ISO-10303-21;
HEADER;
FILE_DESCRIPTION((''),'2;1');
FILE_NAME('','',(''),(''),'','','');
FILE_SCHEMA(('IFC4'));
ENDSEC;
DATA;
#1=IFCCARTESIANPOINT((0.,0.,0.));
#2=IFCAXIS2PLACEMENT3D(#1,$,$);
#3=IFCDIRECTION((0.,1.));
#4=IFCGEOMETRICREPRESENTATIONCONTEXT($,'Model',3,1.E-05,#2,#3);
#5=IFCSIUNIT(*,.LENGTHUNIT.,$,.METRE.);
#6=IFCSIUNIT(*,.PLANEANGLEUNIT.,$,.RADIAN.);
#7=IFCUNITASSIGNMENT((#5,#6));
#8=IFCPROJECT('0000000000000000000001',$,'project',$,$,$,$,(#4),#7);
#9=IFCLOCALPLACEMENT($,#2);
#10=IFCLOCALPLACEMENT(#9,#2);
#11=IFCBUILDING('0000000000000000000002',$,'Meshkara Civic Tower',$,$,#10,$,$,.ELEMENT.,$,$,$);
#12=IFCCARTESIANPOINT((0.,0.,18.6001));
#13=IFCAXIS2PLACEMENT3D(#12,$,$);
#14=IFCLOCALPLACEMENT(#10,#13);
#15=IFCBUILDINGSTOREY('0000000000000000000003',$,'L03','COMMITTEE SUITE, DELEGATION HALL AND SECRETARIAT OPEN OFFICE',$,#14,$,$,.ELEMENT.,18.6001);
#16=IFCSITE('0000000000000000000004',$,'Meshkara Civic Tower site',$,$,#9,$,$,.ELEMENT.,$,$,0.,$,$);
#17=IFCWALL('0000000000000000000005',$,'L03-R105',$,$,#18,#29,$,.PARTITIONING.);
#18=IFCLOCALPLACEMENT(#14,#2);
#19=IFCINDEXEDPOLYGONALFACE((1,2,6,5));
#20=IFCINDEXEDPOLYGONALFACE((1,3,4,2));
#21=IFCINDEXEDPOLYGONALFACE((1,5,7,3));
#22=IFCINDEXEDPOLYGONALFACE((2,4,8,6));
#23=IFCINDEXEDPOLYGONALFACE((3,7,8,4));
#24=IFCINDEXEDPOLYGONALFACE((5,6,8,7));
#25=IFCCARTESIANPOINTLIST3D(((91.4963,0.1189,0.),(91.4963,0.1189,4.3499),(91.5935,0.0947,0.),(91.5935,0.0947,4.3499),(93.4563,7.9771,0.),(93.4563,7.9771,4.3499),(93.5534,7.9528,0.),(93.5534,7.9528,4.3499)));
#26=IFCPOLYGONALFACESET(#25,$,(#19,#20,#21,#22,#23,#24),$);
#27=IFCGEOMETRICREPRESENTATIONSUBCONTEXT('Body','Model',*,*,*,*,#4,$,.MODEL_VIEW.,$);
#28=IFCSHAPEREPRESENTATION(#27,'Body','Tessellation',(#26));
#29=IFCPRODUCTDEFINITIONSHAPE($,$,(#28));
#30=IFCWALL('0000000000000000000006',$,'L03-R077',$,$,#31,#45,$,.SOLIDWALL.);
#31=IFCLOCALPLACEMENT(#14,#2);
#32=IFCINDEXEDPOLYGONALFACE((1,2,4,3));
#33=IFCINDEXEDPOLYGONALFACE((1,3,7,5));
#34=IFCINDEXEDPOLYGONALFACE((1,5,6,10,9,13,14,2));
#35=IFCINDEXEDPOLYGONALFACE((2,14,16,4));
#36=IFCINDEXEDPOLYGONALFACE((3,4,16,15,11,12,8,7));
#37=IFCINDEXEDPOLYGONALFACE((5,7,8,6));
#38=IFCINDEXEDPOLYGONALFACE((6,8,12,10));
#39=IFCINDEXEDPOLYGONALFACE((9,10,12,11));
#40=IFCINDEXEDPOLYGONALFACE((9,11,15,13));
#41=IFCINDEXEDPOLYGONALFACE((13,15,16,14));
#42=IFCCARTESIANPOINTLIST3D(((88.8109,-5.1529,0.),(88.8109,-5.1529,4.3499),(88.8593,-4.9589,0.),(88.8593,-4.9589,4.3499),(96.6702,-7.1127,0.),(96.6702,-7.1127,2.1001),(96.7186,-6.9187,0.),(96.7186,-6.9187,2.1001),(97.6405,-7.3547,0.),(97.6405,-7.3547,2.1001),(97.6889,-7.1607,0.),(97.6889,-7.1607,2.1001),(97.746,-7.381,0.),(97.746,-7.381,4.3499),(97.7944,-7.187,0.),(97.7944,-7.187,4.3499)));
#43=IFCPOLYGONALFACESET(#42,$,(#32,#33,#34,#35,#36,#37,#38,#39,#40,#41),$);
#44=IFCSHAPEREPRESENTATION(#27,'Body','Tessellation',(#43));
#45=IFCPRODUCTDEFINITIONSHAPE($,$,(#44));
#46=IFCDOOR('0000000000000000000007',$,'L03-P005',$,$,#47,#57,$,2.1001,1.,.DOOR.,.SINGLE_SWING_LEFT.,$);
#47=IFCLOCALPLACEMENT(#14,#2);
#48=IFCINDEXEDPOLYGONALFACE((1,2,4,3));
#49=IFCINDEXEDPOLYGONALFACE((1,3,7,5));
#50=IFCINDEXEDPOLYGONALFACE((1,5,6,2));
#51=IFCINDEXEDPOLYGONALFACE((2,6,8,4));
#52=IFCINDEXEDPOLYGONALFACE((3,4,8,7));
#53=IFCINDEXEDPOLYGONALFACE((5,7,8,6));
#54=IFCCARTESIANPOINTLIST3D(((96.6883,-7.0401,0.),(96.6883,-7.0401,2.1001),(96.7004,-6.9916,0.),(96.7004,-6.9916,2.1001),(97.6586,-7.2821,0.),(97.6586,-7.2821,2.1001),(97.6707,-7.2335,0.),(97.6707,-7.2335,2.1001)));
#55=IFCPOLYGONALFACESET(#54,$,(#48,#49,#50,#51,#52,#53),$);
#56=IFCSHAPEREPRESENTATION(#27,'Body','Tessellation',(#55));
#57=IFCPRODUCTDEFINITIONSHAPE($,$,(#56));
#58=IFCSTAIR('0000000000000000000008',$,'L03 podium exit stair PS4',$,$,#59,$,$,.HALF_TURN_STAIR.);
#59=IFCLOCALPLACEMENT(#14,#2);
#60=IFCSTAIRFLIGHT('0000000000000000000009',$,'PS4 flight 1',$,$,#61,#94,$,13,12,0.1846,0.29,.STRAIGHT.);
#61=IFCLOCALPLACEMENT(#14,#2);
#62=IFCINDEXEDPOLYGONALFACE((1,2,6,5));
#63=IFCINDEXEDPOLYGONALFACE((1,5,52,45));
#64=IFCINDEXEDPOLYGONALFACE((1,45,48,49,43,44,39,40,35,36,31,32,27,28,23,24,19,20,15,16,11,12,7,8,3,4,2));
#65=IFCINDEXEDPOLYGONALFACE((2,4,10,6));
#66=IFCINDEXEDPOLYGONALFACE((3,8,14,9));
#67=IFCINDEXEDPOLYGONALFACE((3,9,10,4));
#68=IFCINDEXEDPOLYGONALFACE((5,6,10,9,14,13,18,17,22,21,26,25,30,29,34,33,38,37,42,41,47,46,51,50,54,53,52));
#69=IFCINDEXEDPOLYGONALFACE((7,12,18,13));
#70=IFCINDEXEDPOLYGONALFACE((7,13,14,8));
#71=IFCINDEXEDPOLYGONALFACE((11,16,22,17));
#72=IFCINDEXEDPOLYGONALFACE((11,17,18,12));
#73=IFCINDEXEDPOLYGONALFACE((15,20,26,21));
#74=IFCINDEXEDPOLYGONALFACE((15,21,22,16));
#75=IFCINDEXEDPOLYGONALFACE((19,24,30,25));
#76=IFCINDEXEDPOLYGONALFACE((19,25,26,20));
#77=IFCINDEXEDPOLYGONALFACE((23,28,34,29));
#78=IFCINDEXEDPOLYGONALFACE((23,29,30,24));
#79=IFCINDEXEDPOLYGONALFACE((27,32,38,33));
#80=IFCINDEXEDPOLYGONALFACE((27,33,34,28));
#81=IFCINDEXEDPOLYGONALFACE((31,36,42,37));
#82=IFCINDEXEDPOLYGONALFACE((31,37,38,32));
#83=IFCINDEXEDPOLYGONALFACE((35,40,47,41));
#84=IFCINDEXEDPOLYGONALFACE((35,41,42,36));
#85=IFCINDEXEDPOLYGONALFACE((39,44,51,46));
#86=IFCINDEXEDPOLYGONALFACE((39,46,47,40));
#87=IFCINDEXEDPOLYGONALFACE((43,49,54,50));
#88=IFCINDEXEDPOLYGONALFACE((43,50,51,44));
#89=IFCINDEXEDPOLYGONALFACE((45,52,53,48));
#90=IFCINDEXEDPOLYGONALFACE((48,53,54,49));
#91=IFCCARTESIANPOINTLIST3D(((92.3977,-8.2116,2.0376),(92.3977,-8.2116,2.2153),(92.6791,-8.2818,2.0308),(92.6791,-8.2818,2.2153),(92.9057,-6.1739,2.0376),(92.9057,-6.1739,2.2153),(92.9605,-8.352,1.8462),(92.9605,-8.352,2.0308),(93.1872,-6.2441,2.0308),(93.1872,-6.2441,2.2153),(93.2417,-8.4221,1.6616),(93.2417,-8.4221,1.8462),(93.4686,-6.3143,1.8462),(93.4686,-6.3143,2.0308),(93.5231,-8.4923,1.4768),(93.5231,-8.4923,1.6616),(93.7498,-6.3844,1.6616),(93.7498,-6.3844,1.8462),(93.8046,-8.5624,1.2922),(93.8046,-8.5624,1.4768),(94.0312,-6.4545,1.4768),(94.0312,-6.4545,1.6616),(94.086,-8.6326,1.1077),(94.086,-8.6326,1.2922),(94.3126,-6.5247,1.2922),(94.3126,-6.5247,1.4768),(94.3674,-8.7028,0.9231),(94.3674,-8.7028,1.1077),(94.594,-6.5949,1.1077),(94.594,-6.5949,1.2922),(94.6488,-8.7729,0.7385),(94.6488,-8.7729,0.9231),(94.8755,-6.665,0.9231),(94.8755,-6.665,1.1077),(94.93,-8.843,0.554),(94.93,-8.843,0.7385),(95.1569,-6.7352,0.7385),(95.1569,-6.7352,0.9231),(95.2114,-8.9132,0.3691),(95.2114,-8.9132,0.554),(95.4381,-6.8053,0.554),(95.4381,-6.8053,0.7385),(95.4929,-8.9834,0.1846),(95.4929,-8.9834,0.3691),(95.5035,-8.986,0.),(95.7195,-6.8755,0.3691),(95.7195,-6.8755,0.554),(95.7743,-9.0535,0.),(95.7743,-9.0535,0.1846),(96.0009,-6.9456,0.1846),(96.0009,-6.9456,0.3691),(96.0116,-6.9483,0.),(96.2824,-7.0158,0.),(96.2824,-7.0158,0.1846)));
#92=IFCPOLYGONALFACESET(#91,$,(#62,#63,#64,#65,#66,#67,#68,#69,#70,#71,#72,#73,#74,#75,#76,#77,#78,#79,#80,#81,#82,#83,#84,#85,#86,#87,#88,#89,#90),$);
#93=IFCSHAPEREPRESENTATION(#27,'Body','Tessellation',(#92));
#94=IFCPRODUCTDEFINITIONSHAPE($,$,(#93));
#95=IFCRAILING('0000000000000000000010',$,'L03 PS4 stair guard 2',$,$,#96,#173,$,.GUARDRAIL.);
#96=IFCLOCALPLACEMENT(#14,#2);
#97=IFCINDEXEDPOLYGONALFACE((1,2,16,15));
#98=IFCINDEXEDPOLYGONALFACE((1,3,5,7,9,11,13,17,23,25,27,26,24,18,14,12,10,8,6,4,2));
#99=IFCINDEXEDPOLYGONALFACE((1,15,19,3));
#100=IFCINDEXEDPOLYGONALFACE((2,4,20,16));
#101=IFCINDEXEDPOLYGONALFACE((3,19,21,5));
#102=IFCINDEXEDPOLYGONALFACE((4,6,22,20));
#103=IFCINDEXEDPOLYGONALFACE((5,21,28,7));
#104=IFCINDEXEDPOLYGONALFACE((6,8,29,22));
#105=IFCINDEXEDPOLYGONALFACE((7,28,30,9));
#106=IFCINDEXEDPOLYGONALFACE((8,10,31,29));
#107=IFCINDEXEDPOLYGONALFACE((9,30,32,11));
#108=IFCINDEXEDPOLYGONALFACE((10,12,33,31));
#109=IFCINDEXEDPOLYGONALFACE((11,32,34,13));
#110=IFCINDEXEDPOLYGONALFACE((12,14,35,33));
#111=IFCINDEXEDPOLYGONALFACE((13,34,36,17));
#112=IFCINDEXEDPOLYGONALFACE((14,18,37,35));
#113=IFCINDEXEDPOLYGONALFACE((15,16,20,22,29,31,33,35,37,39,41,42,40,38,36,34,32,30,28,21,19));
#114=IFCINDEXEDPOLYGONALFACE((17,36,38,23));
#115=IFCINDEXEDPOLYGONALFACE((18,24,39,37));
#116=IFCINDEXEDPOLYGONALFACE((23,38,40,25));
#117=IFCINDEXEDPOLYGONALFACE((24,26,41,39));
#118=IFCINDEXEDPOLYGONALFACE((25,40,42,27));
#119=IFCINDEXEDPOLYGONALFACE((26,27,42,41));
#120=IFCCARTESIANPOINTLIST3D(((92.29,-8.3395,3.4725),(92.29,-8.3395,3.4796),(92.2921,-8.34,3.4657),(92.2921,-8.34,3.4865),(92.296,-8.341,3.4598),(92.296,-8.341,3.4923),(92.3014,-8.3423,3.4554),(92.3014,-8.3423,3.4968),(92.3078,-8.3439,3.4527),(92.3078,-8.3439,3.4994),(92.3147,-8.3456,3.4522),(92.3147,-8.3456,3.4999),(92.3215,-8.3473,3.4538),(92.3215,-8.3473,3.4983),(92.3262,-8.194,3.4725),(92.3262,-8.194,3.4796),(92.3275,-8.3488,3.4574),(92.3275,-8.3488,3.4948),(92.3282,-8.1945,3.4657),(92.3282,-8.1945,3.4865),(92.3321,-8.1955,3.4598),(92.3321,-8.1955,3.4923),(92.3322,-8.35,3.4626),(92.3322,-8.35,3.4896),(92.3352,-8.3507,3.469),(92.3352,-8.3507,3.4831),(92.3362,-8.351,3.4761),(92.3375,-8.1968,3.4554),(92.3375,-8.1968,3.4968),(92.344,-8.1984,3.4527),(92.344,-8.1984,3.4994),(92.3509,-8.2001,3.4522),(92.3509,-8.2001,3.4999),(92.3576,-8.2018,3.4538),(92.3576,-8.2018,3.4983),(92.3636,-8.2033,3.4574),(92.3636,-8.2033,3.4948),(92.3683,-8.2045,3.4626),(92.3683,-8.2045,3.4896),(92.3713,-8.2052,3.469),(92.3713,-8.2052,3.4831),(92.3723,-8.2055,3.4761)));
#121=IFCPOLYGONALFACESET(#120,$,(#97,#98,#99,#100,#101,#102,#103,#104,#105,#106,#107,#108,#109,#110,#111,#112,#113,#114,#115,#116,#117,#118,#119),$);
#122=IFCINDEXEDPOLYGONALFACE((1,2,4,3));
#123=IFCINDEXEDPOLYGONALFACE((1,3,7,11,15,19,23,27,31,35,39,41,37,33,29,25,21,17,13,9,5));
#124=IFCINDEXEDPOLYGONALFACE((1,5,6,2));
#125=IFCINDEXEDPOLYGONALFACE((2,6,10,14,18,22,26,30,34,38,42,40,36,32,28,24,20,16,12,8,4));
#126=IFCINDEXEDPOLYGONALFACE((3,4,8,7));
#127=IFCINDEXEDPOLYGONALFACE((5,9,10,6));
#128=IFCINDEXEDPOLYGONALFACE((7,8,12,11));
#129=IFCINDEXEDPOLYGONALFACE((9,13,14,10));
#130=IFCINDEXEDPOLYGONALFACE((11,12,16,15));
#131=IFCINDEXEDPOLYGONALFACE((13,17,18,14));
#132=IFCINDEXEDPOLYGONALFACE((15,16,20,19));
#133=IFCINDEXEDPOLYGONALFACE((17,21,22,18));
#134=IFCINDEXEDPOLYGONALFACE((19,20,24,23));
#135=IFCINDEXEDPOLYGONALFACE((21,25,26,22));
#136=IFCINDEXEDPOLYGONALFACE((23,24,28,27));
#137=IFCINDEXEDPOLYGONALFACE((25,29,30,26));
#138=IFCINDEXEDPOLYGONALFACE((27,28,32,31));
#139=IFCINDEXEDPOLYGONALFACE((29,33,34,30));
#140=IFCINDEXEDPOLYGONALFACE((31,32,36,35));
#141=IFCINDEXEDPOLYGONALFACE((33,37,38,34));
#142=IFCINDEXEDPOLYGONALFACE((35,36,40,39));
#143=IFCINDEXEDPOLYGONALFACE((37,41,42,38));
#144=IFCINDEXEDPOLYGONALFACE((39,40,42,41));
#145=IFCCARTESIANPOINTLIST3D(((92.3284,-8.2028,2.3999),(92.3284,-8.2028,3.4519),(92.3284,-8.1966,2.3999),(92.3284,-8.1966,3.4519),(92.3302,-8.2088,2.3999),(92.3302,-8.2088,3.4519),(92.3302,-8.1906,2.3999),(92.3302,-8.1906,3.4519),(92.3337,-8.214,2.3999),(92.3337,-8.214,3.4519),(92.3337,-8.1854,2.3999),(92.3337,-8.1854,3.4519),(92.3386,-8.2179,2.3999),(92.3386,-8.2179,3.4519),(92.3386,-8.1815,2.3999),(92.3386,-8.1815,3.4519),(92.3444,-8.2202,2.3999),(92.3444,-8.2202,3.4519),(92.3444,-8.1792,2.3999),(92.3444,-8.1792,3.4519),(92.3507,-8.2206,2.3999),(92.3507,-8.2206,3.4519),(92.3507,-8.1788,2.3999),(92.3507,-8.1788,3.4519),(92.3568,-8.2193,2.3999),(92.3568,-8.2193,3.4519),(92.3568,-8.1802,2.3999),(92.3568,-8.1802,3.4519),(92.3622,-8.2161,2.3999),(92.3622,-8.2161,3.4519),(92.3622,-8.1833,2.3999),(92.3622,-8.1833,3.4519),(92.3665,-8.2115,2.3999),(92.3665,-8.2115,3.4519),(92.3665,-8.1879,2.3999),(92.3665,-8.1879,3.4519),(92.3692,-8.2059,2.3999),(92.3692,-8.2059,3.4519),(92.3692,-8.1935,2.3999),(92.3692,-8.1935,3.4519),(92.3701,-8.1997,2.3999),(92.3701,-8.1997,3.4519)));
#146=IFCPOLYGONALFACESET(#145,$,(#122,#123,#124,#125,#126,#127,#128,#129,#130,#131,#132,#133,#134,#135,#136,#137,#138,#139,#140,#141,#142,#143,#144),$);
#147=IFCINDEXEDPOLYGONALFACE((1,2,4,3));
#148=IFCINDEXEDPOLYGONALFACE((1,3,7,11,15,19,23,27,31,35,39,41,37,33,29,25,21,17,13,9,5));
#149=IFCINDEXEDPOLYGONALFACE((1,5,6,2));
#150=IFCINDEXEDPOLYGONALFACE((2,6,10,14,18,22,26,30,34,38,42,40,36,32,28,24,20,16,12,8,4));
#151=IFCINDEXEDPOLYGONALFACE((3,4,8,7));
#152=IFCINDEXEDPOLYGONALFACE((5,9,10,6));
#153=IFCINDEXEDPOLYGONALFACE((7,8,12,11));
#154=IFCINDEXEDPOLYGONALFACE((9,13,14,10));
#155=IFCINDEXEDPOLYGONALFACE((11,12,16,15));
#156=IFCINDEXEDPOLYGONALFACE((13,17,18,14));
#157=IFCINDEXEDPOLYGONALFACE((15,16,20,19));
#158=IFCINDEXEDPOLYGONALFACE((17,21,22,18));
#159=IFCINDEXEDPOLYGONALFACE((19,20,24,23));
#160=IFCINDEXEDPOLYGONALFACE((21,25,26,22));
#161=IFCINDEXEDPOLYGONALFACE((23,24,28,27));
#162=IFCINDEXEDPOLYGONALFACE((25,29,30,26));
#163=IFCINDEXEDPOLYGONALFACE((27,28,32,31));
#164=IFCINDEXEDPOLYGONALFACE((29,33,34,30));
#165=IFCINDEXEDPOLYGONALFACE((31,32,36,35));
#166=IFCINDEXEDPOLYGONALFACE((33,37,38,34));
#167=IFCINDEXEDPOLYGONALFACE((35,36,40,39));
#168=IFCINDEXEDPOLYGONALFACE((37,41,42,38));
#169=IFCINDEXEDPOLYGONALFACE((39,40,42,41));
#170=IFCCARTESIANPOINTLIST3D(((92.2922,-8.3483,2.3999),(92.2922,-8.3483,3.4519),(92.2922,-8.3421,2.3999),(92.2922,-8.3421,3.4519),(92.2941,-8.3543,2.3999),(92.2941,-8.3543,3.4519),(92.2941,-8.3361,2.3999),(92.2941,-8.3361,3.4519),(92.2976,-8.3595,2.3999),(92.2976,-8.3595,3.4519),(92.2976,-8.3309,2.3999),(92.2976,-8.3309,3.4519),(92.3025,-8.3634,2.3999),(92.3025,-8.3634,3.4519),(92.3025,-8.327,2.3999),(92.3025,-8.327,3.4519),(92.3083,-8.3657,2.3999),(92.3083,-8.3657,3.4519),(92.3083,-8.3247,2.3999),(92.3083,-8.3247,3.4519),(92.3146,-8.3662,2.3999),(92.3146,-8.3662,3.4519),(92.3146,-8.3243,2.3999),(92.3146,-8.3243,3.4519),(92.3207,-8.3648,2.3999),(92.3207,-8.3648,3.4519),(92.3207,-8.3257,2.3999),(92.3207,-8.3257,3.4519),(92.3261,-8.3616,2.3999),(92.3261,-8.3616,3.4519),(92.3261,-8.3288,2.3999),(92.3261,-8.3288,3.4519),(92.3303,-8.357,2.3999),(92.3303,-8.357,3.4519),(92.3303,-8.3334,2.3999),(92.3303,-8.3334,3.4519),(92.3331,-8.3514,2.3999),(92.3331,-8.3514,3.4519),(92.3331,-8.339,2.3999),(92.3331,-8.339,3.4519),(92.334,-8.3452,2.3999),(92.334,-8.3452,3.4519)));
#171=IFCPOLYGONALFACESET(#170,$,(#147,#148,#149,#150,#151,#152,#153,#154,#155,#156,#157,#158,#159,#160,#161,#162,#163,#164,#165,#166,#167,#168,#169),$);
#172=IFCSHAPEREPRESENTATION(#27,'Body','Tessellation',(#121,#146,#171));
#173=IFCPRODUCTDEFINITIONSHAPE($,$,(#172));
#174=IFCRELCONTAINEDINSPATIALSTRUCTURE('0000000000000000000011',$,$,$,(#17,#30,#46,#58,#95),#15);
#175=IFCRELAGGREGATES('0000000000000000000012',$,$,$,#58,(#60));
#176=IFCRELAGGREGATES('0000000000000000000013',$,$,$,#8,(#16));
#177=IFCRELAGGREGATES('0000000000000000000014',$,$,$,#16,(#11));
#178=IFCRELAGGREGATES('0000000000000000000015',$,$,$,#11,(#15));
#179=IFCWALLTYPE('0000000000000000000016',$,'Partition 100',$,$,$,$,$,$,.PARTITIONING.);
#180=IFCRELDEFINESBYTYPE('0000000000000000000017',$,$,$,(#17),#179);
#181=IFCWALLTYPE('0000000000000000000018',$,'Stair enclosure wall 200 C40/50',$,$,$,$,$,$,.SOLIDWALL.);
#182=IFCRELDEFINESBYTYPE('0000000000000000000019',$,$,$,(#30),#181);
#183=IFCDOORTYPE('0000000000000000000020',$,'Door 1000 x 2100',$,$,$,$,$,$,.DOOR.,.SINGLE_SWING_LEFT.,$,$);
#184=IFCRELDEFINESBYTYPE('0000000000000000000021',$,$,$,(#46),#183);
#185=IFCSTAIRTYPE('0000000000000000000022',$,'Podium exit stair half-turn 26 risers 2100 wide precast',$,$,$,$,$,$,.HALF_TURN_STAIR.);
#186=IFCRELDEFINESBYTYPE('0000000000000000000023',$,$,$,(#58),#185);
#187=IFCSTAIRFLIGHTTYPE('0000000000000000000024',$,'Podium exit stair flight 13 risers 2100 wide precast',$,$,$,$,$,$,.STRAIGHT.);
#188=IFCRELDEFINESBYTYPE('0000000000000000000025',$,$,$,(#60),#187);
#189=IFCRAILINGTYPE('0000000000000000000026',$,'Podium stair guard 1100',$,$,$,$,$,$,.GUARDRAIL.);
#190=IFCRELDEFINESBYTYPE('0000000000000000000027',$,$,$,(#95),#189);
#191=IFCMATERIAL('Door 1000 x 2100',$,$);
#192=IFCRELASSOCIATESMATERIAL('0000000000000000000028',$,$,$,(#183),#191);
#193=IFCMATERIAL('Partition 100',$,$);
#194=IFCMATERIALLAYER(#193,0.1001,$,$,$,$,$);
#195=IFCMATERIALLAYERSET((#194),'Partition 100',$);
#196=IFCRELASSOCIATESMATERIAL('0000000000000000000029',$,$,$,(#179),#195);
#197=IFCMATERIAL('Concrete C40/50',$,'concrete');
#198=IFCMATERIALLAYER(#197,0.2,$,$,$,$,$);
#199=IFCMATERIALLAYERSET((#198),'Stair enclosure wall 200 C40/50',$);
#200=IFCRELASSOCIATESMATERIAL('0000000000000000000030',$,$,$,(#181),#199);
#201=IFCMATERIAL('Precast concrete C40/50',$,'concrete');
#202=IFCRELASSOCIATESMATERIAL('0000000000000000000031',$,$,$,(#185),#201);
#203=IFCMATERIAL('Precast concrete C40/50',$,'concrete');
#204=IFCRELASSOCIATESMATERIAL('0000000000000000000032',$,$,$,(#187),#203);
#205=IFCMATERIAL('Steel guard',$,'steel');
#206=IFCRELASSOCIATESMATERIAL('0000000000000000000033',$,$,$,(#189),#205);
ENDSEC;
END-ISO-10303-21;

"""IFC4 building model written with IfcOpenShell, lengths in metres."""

from ifc_helpers import new_model, si_unit, direction, frame, frame_2d, origin, origin_2d, place, context, subcontext, project, spatial, polyline, rectangle, circle, outline, extrude, material, layer, layer_set, type_object, element, fill, aggregate, save


model = new_model("IFC4")

# Units and contexts
model_context = context("Model", 3, precision=1e-05, world=origin(), true_north=direction((0.0, 1.0)))
body_context = subcontext(model_context, "Body", "Model", "MODEL_VIEW")
ifc_project = project(units=[si_unit("LENGTHUNIT", "METRE"), si_unit("PLANEANGLEUNIT", "RADIAN")], contexts=[model_context])

# Site, building, storey
site_placement = place(None, origin())
site = spatial("IfcSite", under=ifc_project, at=site_placement, Name="Meshkara Civic Tower site", CompositionType="ELEMENT", RefElevation=0.0)
building_placement = place(site_placement, origin())
building = spatial("IfcBuilding", under=site, at=building_placement, Name="Meshkara Civic Tower", CompositionType="ELEMENT")
storey_placement = place(building_placement, frame((0.0, 0.0, 18.6001)))
storey = spatial("IfcBuildingStorey", under=building, at=storey_placement, Name="L03", Description="COMMITTEE SUITE, DELEGATION HALL AND SECRETARIAT OPEN OFFICE", CompositionType="ELEMENT", Elevation=18.6001)

# Shared definitions
ifc_material_1 = material(Name="Door 1000 x 2100")
door_type = type_object("IfcDoorType", Name="Door 1000 x 2100", OperationType="SINGLE_SWING_LEFT", PredefinedType="DOOR", material=ifc_material_1)

# Wall
ifc_material_2 = material(Name="Partition 100")
ifc_layer_1 = layer(ifc_material_2, 0.1001)
ifc_layer_set_1 = layer_set([ifc_layer_1], Name="Partition 100")
wall_type_1 = type_object("IfcWallType", Name="Partition 100", PredefinedType="PARTITIONING", material=ifc_layer_set_1)
wall_1_placement = place(storey_placement, frame((91.5449, 0.1069, 0.0), z_axis=(0.0, 0.0, 1.0), x_axis=(0.242004, 0.970275, 0.0)))
element("IfcWall", 1, at=wall_1_placement, inside=storey, type_object=wall_type_1, Name="L03-R105", PredefinedType="PARTITIONING", context=body_context, shape_type="SweptSolid", body=[
    extrude(rectangle(XDim=8.0989, YDim=0.1001, at=frame_2d((4.0493, 0.0))), origin(), (0.0, 0.0, 1.0), 4.3499),
])

# Wall, opening, door
ifc_material_3 = material(Name="Concrete C40/50", Category="concrete")
ifc_layer_2 = layer(ifc_material_3, 0.2)
ifc_layer_set_2 = layer_set([ifc_layer_2], Name="Stair enclosure wall 200 C40/50")
wall_type_2 = type_object("IfcWallType", Name="Stair enclosure wall 200 C40/50", PredefinedType="SOLIDWALL", material=ifc_layer_set_2)
wall_2_placement = place(storey_placement, frame((88.835, -5.0559, 0.0), z_axis=(0.0, 0.0, 1.0), x_axis=(0.970289, -0.241949, 0.0)))
wall_2 = element("IfcWall", 2, at=wall_2_placement, inside=storey, type_object=wall_type_2, Name="L03-R077", PredefinedType="SOLIDWALL", context=body_context, shape_type="SweptSolid", body=[
    extrude(rectangle(XDim=9.2087, YDim=0.2, at=frame_2d((4.6045, 0.0))), origin(), (0.0, 0.0, 1.0), 4.3499),
])
opening_1_placement = place(wall_2_placement, frame((8.1001, 0.0, 0.0)))
opening_1 = element("IfcOpeningElement", 3, at=opening_1_placement, cuts=wall_2, PredefinedType="OPENING", context=body_context, shape_type="SweptSolid", body=[
    extrude(rectangle(XDim=1.0, YDim=2.1001, at=frame_2d((0.5, 1.05))), frame((0.0, 0.1099, 0.0), z_axis=(0.0, -1.0, 0.0), x_axis=(1.0, 0.0, 0.0)), (0.0, 0.0, 1.0), 0.22),
])
door_1_placement = place(opening_1_placement, origin())
door_1 = element("IfcDoor", 4, at=door_1_placement, inside=storey, type_object=door_type, Name="L03-P005", OperationType="SINGLE_SWING_LEFT", OverallHeight=2.1001, OverallWidth=1.0, PredefinedType="DOOR", context=body_context, shape_type="SweptSolid", body=[
    extrude(rectangle(XDim=1.0, YDim=2.1001, at=frame_2d((0.5, 1.05))), frame((0.0, 0.0249, 0.0), z_axis=(0.0, -1.0, 0.0), x_axis=(1.0, 0.0, 0.0)), (0.0, 0.0, 1.0), 0.05),
])
fill(opening_1, door_1)

# Stair, stair flight
ifc_material_4 = material(Name="Precast concrete C40/50", Category="concrete")
stair_type = type_object("IfcStairType", Name="Podium exit stair half-turn 26 risers 2100 wide precast", PredefinedType="HALF_TURN_STAIR", material=ifc_material_4)
stair_placement = place(storey_placement, origin())
stair = element("IfcStair", 5, at=stair_placement, inside=storey, type_object=stair_type, Name="L03 podium exit stair PS4", PredefinedType="HALF_TURN_STAIR")
ifc_material_5 = material(Name="Precast concrete C40/50", Category="concrete")
stair_flight_type = type_object("IfcStairFlightType", Name="Podium exit stair flight 13 risers 2100 wide precast", PredefinedType="STRAIGHT", material=ifc_material_5)
stair_flight_placement = place(storey_placement, frame((96.0283, -8.0347, 0.0), z_axis=(0.0, 0.0, 1.0), x_axis=(-0.970296, 0.241922, 0.0)))
stair_flight = element("IfcStairFlight", 6, at=stair_flight_placement, type_object=stair_flight_type, Name="PS4 flight 1", NumberOfRisers=13, NumberOfTreads=12, PredefinedType="STRAIGHT", RiserHeight=0.1846, TreadLength=0.29, context=body_context, shape_type="SweptSolid", body=[
    extrude(outline(polyline([(0.0, 0.0), (0.0, 0.1846), (0.29, 0.1846), (0.29, 0.3691), (0.5801, 0.3691), (0.5801, 0.554), (0.8701, 0.554), (0.8701, 0.7385), (1.1599, 0.7385), (1.1599, 0.9231), (1.45, 0.9231), (1.45, 1.1077), (1.74, 1.1077), (1.74, 1.2922), (2.03, 1.2922), (2.03, 1.4768), (2.3201, 1.4768), (2.3201, 1.6616), (2.6101, 1.6616), (2.6101, 1.8462), (2.8999, 1.8462), (2.8999, 2.0308), (3.1899, 2.0308), (3.1899, 2.2153), (3.48, 2.2153), (3.48, 2.3999), (3.48, 2.0376), (0.2791, 0.0), (0.0, 0.0)])), frame((0.0, 1.05, 0.0), z_axis=(0.0, -1.0, 0.0), x_axis=(1.0, 0.0, 0.0)), (0.0, 0.0, 1.0), 2.1001),
])
aggregate(stair, [stair_flight])

# Railing
ifc_material_6 = material(Name="Steel guard", Category="steel")
railing_type_1 = type_object("IfcRailingType", Name="Podium stair guard 1100", PredefinedType="GUARDRAIL", material=ifc_material_6)
railing_1_placement = place(storey_placement, frame((92.3491, -8.1997, 2.3999)))
element("IfcRailing", 7, at=railing_1_placement, inside=storey, type_object=railing_type_1, Name="L03 PS4 stair guard 2", PredefinedType="GUARDRAIL", context=body_context, shape_type="SweptSolid", body=[
    extrude(circle(Radius=0.0239, at=origin_2d()), frame((0.0, 0.0, 1.0762), z_axis=(-0.241003, -0.970524, 0.0), x_axis=(0.970524, -0.241003, 0.0)), (0.0, 0.0, 1.0), 0.1499),
    extrude(circle(Radius=0.021, at=origin_2d()), origin(), (0.0, 0.0, 1.0), 1.052),
    extrude(circle(Radius=0.021, at=origin_2d()), frame((-0.0361, -0.1455, 0.0)), (0.0, 0.0, 1.0), 1.052),
])

save(model, "model.ifc")
